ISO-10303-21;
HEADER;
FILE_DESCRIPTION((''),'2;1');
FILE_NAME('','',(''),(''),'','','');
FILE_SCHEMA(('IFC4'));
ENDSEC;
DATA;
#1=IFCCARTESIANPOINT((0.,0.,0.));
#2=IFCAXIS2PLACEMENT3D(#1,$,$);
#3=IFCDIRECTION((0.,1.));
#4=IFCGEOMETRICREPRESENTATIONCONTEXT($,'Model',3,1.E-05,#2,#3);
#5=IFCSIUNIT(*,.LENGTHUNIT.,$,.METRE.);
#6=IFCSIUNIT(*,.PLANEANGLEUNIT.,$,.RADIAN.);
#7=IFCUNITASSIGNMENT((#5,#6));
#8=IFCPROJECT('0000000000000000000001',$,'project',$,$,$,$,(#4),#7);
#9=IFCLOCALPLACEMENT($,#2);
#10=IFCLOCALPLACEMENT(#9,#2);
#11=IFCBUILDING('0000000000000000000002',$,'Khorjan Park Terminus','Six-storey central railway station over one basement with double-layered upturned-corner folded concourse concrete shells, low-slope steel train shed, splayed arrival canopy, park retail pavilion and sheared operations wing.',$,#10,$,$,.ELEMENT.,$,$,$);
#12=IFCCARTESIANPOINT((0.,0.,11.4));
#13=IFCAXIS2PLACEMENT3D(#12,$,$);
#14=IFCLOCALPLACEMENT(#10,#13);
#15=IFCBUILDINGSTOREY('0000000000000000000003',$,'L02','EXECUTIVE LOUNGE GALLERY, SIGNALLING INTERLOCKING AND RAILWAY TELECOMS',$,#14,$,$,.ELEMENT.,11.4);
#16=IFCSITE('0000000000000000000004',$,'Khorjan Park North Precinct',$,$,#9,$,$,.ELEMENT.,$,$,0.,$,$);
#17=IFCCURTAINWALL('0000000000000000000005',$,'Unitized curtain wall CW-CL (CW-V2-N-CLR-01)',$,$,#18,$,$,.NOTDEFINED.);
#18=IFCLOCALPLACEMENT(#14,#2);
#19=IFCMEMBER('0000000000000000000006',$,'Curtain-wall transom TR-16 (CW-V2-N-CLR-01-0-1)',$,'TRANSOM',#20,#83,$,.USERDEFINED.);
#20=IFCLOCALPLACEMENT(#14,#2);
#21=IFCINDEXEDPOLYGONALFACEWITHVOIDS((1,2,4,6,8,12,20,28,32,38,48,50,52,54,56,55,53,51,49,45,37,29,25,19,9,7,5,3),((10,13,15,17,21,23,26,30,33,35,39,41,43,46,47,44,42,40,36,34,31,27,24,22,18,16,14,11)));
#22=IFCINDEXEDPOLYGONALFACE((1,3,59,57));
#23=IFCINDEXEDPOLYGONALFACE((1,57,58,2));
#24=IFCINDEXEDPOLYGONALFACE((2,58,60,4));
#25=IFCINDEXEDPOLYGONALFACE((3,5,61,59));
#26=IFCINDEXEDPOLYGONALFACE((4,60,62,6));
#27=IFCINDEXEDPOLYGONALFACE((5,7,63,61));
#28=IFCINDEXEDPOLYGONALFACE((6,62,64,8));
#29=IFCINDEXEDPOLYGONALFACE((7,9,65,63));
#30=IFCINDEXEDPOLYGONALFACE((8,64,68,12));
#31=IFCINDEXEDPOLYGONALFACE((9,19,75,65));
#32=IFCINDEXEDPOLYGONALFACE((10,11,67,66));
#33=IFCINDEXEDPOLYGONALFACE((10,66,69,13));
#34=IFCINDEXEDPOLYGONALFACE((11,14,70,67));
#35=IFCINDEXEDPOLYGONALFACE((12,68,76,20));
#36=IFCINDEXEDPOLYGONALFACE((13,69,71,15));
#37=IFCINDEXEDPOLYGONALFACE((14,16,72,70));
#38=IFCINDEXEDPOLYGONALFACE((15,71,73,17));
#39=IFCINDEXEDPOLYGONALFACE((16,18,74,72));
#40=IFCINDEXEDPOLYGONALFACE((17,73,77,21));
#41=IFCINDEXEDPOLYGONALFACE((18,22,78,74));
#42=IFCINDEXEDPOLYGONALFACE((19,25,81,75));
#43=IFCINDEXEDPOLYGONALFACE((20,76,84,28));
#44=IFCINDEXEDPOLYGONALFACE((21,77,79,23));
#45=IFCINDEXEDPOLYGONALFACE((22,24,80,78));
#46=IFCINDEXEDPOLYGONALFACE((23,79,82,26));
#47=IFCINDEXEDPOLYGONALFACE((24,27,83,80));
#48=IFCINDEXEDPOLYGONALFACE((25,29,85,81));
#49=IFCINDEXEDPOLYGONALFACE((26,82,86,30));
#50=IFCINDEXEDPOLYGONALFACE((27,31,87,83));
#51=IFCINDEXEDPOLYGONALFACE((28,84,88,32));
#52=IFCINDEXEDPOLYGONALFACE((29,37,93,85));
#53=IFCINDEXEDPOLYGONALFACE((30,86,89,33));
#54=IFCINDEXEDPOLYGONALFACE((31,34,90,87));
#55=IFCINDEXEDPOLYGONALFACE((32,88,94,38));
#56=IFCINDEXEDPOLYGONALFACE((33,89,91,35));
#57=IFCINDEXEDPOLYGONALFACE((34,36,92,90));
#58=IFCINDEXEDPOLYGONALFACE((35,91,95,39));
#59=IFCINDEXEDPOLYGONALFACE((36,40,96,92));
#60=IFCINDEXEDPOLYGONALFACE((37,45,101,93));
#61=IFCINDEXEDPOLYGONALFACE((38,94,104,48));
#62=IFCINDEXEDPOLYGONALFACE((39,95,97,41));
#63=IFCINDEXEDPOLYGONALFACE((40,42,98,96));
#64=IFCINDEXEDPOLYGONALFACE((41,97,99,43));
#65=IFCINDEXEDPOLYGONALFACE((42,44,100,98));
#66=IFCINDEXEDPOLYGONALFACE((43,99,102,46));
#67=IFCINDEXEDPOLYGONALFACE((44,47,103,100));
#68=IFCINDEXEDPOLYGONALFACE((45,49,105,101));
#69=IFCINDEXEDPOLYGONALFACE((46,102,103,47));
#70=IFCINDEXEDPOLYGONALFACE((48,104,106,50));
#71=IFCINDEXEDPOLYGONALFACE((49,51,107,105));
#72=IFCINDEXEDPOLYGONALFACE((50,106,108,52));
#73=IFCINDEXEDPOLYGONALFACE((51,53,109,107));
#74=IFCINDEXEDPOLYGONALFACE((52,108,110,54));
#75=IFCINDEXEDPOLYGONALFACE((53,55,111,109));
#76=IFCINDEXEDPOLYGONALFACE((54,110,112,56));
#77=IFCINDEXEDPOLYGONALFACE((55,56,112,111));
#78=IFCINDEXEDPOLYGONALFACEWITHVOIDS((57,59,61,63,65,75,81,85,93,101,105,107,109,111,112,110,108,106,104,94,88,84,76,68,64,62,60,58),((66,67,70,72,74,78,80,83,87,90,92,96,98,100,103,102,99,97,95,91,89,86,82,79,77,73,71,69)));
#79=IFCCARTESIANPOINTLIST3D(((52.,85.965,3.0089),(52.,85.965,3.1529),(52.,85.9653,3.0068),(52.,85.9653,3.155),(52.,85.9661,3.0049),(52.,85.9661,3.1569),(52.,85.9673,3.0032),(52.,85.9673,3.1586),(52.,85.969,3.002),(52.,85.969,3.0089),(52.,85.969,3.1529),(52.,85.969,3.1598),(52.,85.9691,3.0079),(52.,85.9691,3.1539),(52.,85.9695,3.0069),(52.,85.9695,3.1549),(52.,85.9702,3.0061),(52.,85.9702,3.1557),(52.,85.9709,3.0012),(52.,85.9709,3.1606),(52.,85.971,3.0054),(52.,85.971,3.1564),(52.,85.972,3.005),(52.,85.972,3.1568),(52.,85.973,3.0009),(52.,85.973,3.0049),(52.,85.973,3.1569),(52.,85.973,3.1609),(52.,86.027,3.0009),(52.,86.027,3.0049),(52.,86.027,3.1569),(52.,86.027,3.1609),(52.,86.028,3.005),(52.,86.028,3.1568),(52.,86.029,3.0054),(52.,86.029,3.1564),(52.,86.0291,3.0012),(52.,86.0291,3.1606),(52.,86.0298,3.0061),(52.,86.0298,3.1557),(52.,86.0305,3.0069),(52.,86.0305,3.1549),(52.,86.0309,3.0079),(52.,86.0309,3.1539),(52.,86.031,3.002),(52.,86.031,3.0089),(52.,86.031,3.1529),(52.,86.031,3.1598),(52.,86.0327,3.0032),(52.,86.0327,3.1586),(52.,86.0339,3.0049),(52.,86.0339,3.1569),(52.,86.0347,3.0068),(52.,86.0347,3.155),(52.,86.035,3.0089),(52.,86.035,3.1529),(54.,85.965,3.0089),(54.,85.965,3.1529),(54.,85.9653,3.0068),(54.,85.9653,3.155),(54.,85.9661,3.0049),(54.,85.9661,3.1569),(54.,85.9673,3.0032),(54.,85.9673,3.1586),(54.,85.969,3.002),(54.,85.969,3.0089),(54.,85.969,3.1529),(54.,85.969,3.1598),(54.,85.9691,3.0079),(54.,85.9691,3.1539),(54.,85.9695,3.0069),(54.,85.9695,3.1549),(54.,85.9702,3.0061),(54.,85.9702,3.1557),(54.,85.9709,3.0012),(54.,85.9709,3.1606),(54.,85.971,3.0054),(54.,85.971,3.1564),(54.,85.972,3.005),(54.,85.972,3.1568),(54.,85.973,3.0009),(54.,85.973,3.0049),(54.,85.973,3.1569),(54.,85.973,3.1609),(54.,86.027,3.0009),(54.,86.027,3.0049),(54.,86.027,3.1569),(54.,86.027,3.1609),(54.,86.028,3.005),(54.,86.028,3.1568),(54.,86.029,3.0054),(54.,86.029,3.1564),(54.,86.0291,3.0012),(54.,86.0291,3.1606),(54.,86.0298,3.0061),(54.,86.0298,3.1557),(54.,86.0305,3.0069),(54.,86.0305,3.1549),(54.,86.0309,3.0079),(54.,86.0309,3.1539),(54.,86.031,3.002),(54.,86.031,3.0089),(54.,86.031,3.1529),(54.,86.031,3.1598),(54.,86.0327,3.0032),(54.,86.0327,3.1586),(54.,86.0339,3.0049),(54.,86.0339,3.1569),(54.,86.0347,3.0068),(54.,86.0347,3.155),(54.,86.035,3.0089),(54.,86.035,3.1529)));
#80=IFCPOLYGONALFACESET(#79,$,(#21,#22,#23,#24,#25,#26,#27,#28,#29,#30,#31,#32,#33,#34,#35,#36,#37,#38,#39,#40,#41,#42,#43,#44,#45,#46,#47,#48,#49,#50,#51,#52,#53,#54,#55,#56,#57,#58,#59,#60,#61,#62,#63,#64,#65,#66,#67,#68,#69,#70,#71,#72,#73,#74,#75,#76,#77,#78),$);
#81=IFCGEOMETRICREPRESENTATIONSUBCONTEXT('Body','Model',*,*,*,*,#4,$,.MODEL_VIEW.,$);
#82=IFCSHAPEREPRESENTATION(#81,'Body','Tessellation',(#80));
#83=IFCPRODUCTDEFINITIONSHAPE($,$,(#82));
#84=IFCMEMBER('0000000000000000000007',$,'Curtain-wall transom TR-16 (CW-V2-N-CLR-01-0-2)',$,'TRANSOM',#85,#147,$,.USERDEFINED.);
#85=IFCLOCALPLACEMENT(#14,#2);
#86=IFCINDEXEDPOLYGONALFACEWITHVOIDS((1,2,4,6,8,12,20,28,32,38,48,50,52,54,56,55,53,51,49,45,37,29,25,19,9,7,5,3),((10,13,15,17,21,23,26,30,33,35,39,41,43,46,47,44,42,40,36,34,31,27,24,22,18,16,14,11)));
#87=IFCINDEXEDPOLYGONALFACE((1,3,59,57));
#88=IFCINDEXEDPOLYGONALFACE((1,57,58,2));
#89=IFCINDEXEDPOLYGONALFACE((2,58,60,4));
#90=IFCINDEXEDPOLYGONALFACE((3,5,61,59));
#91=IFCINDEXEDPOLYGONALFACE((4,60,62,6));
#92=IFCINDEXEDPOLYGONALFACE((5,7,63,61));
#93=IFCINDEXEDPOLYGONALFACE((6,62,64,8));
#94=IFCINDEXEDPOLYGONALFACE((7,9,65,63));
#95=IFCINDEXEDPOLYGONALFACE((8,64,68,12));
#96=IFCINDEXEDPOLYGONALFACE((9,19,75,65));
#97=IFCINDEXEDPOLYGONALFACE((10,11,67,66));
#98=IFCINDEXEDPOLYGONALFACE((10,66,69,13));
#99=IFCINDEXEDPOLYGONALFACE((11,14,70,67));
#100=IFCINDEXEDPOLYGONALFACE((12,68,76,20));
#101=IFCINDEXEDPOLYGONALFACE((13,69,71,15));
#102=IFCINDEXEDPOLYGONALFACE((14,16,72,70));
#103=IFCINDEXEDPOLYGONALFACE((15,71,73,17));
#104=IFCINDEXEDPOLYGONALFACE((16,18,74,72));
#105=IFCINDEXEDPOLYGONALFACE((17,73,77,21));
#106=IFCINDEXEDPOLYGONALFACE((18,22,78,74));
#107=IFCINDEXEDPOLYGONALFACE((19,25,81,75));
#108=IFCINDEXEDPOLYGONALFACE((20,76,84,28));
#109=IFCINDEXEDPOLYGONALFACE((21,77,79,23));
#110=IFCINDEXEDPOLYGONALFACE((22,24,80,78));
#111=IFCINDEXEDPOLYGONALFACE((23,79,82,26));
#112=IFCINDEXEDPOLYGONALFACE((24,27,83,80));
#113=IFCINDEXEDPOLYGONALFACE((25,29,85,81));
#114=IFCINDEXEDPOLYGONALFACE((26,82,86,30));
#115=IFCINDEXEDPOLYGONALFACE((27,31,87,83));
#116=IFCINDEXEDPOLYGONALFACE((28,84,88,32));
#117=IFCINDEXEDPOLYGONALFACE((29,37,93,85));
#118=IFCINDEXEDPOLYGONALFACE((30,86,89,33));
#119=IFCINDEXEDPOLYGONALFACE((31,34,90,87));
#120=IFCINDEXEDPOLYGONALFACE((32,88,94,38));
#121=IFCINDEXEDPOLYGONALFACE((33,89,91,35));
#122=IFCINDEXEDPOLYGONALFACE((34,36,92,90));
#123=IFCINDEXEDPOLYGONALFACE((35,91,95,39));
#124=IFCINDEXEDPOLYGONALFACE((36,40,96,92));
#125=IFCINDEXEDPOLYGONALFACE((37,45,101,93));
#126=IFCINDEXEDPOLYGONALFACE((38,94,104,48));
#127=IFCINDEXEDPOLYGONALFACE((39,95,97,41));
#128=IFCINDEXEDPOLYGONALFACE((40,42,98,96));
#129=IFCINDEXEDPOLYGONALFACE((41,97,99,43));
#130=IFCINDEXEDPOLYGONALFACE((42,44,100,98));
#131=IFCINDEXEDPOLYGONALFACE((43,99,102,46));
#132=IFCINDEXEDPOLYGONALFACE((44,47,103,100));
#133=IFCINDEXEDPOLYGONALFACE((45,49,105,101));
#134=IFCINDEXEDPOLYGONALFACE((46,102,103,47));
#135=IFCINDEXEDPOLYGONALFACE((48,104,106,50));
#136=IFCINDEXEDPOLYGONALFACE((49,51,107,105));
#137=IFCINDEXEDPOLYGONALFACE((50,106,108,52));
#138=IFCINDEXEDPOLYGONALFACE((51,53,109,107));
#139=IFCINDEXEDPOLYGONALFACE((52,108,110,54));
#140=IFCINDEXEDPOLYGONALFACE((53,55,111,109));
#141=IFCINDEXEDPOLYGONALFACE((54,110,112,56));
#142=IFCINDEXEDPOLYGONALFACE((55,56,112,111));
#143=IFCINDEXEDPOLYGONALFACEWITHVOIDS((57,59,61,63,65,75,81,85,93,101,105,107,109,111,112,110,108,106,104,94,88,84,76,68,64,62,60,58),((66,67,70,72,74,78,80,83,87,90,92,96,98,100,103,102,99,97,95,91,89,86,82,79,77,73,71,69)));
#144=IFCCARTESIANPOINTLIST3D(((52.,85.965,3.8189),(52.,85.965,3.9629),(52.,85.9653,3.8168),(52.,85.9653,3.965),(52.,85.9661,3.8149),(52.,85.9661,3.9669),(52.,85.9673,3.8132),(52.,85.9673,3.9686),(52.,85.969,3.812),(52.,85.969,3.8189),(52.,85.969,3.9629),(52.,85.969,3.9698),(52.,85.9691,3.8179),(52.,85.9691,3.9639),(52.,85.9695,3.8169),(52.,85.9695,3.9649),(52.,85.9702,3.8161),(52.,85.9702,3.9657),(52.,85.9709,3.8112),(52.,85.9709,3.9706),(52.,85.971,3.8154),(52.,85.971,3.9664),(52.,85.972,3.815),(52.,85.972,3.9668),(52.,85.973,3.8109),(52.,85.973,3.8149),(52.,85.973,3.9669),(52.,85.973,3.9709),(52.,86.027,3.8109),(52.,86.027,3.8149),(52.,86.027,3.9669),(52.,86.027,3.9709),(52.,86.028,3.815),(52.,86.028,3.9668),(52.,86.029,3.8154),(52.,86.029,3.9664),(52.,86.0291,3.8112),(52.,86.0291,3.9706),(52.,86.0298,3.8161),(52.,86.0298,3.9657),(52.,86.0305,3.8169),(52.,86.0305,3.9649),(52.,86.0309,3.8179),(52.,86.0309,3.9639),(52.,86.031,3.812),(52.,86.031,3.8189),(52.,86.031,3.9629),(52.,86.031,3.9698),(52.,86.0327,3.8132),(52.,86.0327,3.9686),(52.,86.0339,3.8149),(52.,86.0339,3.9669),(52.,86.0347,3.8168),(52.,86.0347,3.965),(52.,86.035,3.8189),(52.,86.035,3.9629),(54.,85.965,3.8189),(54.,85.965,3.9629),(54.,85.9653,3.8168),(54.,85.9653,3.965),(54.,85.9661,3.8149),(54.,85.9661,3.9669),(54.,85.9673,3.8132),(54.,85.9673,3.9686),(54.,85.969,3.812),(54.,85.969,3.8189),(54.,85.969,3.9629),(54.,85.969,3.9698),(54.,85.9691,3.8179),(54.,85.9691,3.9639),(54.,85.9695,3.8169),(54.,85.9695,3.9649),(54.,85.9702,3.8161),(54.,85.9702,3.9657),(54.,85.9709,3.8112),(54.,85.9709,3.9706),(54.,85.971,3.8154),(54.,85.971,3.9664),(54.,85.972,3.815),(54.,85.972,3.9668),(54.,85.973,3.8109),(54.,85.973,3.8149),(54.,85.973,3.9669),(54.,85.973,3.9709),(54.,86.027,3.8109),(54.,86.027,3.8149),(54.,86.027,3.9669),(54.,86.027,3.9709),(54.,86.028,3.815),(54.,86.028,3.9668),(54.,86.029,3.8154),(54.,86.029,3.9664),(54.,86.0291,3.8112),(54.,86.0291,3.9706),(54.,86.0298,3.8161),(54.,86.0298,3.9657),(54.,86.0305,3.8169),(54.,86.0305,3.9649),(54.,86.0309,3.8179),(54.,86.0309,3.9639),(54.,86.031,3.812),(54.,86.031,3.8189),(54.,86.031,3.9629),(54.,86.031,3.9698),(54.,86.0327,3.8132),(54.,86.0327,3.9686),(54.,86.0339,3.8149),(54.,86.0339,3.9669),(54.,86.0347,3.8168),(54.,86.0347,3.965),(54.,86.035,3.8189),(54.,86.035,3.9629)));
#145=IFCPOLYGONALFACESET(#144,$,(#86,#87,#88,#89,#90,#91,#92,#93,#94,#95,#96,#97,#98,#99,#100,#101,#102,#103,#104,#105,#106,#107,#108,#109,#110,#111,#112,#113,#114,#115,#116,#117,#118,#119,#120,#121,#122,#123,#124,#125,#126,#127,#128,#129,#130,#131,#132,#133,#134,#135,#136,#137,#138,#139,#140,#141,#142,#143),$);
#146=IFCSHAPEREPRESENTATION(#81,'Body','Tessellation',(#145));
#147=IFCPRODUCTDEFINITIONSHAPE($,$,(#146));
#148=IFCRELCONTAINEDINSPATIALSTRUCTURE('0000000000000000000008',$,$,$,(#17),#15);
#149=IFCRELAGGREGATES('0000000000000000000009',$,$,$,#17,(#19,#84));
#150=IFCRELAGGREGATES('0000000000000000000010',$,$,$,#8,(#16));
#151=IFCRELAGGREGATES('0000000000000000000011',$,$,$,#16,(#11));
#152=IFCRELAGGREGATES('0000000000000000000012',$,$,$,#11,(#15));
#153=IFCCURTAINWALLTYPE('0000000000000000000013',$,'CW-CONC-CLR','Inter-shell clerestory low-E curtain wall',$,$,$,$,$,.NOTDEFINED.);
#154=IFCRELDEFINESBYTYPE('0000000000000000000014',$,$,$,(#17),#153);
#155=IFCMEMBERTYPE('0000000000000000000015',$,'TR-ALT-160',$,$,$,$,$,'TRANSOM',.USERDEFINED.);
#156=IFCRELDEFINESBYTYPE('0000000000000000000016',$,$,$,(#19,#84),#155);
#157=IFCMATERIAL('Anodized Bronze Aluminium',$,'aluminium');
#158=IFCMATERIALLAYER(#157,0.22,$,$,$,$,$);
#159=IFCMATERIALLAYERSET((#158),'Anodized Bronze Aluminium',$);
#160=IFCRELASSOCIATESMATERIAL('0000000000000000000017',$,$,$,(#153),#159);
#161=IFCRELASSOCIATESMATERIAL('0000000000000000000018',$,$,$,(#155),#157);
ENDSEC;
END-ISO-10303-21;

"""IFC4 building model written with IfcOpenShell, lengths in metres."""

from ifc_helpers import new_model, si_unit, direction, frame, origin, origin_2d, place, context, subcontext, project, spatial, hollow_rectangle, extrude, material, layer, layer_set, material_profile, profile_set, type_object, element, aggregate, save


model = new_model("IFC4")

# Units and contexts
model_context = context("Model", 3, precision=1e-05, world=origin(), true_north=direction((0.0, 1.0)))
body_context = subcontext(model_context, "Body", "Model", "MODEL_VIEW")
ifc_project = project(units=[si_unit("LENGTHUNIT", "METRE"), si_unit("PLANEANGLEUNIT", "RADIAN")], contexts=[model_context])

# Site, building, storey
site_placement = place(None, origin())
site = spatial("IfcSite", under=ifc_project, at=site_placement, Name="Khorjan Park North Precinct", CompositionType="ELEMENT", RefElevation=0.0)
building_placement = place(site_placement, origin())
building = spatial("IfcBuilding", under=site, at=building_placement, Name="Khorjan Park Terminus", Description="Six-storey central railway station over one basement with double-layered upturned-corner folded concourse concrete shells, low-slope steel train shed, splayed arrival canopy, park retail pavilion and sheared operations wing.", CompositionType="ELEMENT")
storey_placement = place(building_placement, frame((0.0, 0.0, 11.4)))
storey = spatial("IfcBuildingStorey", under=building, at=storey_placement, Name="L02", Description="EXECUTIVE LOUNGE GALLERY, SIGNALLING INTERLOCKING AND RAILWAY TELECOMS", CompositionType="ELEMENT", Elevation=11.4)

# Curtain wall, members
ifc_material_1 = material(Name="Anodized Bronze Aluminium", Category="aluminium")
ifc_layer_1 = layer(ifc_material_1, 0.22)
ifc_layer_set_1 = layer_set([ifc_layer_1], Name="Anodized Bronze Aluminium")
curtain_wall_type = type_object("IfcCurtainWallType", Name="CW-CONC-CLR", Description="Inter-shell clerestory low-E curtain wall", PredefinedType="NOTDEFINED", material=ifc_layer_set_1)
curtain_wall_1_placement = place(storey_placement, origin())
curtain_wall_1 = element("IfcCurtainWall", 1, at=curtain_wall_1_placement, inside=storey, type_object=curtain_wall_type, Name="Unitized curtain wall CW-CL (CW-V2-N-CLR-01)", PredefinedType="NOTDEFINED")
ifc_material_profile_1 = material_profile(ifc_material_1, hollow_rectangle(XDim=0.07, YDim=0.16, WallThickness=0.004, InnerFilletRadius=0.004, OuterFilletRadius=0.008, at=origin_2d()), Name="ALT 70x160x4")
ifc_profile_set_1 = profile_set([ifc_material_profile_1], Name="Anodized Bronze Aluminium")
member_type_1 = type_object("IfcMemberType", Name="TR-ALT-160", ElementType="TRANSOM", PredefinedType="USERDEFINED", material=ifc_profile_set_1)
member_1_placement = place(storey_placement, frame((54.0, 86.0, 3.0809), z_axis=(-1.0, 0.0, 0.0), x_axis=(0.0, -1.0, 0.0)))
member_1 = element("IfcMember", 2, at=member_1_placement, type_object=member_type_1, Name="Curtain-wall transom TR-16 (CW-V2-N-CLR-01-0-1)", ObjectType="TRANSOM", PredefinedType="USERDEFINED", context=body_context, shape_type="SweptSolid", body=[
    extrude(hollow_rectangle(XDim=0.07, YDim=0.16, WallThickness=0.004, InnerFilletRadius=0.004, OuterFilletRadius=0.008, at=origin_2d()), origin(), (0.0, 0.0, 1.0), 2.0),
])
member_2_placement = place(storey_placement, frame((54.0, 86.0, 3.8909), z_axis=(-1.0, 0.0, 0.0), x_axis=(0.0, -1.0, 0.0)))
member_2 = element("IfcMember", 3, at=member_2_placement, type_object=member_type_1, Name="Curtain-wall transom TR-16 (CW-V2-N-CLR-01-0-2)", ObjectType="TRANSOM", PredefinedType="USERDEFINED", context=body_context, shape_type="SweptSolid", body=[
    extrude(hollow_rectangle(XDim=0.07, YDim=0.16, WallThickness=0.004, InnerFilletRadius=0.004, OuterFilletRadius=0.008, at=origin_2d()), origin(), (0.0, 0.0, 1.0), 2.0),
])

aggregate(curtain_wall_1, [member_1, member_2])

save(model, "model.ifc")
